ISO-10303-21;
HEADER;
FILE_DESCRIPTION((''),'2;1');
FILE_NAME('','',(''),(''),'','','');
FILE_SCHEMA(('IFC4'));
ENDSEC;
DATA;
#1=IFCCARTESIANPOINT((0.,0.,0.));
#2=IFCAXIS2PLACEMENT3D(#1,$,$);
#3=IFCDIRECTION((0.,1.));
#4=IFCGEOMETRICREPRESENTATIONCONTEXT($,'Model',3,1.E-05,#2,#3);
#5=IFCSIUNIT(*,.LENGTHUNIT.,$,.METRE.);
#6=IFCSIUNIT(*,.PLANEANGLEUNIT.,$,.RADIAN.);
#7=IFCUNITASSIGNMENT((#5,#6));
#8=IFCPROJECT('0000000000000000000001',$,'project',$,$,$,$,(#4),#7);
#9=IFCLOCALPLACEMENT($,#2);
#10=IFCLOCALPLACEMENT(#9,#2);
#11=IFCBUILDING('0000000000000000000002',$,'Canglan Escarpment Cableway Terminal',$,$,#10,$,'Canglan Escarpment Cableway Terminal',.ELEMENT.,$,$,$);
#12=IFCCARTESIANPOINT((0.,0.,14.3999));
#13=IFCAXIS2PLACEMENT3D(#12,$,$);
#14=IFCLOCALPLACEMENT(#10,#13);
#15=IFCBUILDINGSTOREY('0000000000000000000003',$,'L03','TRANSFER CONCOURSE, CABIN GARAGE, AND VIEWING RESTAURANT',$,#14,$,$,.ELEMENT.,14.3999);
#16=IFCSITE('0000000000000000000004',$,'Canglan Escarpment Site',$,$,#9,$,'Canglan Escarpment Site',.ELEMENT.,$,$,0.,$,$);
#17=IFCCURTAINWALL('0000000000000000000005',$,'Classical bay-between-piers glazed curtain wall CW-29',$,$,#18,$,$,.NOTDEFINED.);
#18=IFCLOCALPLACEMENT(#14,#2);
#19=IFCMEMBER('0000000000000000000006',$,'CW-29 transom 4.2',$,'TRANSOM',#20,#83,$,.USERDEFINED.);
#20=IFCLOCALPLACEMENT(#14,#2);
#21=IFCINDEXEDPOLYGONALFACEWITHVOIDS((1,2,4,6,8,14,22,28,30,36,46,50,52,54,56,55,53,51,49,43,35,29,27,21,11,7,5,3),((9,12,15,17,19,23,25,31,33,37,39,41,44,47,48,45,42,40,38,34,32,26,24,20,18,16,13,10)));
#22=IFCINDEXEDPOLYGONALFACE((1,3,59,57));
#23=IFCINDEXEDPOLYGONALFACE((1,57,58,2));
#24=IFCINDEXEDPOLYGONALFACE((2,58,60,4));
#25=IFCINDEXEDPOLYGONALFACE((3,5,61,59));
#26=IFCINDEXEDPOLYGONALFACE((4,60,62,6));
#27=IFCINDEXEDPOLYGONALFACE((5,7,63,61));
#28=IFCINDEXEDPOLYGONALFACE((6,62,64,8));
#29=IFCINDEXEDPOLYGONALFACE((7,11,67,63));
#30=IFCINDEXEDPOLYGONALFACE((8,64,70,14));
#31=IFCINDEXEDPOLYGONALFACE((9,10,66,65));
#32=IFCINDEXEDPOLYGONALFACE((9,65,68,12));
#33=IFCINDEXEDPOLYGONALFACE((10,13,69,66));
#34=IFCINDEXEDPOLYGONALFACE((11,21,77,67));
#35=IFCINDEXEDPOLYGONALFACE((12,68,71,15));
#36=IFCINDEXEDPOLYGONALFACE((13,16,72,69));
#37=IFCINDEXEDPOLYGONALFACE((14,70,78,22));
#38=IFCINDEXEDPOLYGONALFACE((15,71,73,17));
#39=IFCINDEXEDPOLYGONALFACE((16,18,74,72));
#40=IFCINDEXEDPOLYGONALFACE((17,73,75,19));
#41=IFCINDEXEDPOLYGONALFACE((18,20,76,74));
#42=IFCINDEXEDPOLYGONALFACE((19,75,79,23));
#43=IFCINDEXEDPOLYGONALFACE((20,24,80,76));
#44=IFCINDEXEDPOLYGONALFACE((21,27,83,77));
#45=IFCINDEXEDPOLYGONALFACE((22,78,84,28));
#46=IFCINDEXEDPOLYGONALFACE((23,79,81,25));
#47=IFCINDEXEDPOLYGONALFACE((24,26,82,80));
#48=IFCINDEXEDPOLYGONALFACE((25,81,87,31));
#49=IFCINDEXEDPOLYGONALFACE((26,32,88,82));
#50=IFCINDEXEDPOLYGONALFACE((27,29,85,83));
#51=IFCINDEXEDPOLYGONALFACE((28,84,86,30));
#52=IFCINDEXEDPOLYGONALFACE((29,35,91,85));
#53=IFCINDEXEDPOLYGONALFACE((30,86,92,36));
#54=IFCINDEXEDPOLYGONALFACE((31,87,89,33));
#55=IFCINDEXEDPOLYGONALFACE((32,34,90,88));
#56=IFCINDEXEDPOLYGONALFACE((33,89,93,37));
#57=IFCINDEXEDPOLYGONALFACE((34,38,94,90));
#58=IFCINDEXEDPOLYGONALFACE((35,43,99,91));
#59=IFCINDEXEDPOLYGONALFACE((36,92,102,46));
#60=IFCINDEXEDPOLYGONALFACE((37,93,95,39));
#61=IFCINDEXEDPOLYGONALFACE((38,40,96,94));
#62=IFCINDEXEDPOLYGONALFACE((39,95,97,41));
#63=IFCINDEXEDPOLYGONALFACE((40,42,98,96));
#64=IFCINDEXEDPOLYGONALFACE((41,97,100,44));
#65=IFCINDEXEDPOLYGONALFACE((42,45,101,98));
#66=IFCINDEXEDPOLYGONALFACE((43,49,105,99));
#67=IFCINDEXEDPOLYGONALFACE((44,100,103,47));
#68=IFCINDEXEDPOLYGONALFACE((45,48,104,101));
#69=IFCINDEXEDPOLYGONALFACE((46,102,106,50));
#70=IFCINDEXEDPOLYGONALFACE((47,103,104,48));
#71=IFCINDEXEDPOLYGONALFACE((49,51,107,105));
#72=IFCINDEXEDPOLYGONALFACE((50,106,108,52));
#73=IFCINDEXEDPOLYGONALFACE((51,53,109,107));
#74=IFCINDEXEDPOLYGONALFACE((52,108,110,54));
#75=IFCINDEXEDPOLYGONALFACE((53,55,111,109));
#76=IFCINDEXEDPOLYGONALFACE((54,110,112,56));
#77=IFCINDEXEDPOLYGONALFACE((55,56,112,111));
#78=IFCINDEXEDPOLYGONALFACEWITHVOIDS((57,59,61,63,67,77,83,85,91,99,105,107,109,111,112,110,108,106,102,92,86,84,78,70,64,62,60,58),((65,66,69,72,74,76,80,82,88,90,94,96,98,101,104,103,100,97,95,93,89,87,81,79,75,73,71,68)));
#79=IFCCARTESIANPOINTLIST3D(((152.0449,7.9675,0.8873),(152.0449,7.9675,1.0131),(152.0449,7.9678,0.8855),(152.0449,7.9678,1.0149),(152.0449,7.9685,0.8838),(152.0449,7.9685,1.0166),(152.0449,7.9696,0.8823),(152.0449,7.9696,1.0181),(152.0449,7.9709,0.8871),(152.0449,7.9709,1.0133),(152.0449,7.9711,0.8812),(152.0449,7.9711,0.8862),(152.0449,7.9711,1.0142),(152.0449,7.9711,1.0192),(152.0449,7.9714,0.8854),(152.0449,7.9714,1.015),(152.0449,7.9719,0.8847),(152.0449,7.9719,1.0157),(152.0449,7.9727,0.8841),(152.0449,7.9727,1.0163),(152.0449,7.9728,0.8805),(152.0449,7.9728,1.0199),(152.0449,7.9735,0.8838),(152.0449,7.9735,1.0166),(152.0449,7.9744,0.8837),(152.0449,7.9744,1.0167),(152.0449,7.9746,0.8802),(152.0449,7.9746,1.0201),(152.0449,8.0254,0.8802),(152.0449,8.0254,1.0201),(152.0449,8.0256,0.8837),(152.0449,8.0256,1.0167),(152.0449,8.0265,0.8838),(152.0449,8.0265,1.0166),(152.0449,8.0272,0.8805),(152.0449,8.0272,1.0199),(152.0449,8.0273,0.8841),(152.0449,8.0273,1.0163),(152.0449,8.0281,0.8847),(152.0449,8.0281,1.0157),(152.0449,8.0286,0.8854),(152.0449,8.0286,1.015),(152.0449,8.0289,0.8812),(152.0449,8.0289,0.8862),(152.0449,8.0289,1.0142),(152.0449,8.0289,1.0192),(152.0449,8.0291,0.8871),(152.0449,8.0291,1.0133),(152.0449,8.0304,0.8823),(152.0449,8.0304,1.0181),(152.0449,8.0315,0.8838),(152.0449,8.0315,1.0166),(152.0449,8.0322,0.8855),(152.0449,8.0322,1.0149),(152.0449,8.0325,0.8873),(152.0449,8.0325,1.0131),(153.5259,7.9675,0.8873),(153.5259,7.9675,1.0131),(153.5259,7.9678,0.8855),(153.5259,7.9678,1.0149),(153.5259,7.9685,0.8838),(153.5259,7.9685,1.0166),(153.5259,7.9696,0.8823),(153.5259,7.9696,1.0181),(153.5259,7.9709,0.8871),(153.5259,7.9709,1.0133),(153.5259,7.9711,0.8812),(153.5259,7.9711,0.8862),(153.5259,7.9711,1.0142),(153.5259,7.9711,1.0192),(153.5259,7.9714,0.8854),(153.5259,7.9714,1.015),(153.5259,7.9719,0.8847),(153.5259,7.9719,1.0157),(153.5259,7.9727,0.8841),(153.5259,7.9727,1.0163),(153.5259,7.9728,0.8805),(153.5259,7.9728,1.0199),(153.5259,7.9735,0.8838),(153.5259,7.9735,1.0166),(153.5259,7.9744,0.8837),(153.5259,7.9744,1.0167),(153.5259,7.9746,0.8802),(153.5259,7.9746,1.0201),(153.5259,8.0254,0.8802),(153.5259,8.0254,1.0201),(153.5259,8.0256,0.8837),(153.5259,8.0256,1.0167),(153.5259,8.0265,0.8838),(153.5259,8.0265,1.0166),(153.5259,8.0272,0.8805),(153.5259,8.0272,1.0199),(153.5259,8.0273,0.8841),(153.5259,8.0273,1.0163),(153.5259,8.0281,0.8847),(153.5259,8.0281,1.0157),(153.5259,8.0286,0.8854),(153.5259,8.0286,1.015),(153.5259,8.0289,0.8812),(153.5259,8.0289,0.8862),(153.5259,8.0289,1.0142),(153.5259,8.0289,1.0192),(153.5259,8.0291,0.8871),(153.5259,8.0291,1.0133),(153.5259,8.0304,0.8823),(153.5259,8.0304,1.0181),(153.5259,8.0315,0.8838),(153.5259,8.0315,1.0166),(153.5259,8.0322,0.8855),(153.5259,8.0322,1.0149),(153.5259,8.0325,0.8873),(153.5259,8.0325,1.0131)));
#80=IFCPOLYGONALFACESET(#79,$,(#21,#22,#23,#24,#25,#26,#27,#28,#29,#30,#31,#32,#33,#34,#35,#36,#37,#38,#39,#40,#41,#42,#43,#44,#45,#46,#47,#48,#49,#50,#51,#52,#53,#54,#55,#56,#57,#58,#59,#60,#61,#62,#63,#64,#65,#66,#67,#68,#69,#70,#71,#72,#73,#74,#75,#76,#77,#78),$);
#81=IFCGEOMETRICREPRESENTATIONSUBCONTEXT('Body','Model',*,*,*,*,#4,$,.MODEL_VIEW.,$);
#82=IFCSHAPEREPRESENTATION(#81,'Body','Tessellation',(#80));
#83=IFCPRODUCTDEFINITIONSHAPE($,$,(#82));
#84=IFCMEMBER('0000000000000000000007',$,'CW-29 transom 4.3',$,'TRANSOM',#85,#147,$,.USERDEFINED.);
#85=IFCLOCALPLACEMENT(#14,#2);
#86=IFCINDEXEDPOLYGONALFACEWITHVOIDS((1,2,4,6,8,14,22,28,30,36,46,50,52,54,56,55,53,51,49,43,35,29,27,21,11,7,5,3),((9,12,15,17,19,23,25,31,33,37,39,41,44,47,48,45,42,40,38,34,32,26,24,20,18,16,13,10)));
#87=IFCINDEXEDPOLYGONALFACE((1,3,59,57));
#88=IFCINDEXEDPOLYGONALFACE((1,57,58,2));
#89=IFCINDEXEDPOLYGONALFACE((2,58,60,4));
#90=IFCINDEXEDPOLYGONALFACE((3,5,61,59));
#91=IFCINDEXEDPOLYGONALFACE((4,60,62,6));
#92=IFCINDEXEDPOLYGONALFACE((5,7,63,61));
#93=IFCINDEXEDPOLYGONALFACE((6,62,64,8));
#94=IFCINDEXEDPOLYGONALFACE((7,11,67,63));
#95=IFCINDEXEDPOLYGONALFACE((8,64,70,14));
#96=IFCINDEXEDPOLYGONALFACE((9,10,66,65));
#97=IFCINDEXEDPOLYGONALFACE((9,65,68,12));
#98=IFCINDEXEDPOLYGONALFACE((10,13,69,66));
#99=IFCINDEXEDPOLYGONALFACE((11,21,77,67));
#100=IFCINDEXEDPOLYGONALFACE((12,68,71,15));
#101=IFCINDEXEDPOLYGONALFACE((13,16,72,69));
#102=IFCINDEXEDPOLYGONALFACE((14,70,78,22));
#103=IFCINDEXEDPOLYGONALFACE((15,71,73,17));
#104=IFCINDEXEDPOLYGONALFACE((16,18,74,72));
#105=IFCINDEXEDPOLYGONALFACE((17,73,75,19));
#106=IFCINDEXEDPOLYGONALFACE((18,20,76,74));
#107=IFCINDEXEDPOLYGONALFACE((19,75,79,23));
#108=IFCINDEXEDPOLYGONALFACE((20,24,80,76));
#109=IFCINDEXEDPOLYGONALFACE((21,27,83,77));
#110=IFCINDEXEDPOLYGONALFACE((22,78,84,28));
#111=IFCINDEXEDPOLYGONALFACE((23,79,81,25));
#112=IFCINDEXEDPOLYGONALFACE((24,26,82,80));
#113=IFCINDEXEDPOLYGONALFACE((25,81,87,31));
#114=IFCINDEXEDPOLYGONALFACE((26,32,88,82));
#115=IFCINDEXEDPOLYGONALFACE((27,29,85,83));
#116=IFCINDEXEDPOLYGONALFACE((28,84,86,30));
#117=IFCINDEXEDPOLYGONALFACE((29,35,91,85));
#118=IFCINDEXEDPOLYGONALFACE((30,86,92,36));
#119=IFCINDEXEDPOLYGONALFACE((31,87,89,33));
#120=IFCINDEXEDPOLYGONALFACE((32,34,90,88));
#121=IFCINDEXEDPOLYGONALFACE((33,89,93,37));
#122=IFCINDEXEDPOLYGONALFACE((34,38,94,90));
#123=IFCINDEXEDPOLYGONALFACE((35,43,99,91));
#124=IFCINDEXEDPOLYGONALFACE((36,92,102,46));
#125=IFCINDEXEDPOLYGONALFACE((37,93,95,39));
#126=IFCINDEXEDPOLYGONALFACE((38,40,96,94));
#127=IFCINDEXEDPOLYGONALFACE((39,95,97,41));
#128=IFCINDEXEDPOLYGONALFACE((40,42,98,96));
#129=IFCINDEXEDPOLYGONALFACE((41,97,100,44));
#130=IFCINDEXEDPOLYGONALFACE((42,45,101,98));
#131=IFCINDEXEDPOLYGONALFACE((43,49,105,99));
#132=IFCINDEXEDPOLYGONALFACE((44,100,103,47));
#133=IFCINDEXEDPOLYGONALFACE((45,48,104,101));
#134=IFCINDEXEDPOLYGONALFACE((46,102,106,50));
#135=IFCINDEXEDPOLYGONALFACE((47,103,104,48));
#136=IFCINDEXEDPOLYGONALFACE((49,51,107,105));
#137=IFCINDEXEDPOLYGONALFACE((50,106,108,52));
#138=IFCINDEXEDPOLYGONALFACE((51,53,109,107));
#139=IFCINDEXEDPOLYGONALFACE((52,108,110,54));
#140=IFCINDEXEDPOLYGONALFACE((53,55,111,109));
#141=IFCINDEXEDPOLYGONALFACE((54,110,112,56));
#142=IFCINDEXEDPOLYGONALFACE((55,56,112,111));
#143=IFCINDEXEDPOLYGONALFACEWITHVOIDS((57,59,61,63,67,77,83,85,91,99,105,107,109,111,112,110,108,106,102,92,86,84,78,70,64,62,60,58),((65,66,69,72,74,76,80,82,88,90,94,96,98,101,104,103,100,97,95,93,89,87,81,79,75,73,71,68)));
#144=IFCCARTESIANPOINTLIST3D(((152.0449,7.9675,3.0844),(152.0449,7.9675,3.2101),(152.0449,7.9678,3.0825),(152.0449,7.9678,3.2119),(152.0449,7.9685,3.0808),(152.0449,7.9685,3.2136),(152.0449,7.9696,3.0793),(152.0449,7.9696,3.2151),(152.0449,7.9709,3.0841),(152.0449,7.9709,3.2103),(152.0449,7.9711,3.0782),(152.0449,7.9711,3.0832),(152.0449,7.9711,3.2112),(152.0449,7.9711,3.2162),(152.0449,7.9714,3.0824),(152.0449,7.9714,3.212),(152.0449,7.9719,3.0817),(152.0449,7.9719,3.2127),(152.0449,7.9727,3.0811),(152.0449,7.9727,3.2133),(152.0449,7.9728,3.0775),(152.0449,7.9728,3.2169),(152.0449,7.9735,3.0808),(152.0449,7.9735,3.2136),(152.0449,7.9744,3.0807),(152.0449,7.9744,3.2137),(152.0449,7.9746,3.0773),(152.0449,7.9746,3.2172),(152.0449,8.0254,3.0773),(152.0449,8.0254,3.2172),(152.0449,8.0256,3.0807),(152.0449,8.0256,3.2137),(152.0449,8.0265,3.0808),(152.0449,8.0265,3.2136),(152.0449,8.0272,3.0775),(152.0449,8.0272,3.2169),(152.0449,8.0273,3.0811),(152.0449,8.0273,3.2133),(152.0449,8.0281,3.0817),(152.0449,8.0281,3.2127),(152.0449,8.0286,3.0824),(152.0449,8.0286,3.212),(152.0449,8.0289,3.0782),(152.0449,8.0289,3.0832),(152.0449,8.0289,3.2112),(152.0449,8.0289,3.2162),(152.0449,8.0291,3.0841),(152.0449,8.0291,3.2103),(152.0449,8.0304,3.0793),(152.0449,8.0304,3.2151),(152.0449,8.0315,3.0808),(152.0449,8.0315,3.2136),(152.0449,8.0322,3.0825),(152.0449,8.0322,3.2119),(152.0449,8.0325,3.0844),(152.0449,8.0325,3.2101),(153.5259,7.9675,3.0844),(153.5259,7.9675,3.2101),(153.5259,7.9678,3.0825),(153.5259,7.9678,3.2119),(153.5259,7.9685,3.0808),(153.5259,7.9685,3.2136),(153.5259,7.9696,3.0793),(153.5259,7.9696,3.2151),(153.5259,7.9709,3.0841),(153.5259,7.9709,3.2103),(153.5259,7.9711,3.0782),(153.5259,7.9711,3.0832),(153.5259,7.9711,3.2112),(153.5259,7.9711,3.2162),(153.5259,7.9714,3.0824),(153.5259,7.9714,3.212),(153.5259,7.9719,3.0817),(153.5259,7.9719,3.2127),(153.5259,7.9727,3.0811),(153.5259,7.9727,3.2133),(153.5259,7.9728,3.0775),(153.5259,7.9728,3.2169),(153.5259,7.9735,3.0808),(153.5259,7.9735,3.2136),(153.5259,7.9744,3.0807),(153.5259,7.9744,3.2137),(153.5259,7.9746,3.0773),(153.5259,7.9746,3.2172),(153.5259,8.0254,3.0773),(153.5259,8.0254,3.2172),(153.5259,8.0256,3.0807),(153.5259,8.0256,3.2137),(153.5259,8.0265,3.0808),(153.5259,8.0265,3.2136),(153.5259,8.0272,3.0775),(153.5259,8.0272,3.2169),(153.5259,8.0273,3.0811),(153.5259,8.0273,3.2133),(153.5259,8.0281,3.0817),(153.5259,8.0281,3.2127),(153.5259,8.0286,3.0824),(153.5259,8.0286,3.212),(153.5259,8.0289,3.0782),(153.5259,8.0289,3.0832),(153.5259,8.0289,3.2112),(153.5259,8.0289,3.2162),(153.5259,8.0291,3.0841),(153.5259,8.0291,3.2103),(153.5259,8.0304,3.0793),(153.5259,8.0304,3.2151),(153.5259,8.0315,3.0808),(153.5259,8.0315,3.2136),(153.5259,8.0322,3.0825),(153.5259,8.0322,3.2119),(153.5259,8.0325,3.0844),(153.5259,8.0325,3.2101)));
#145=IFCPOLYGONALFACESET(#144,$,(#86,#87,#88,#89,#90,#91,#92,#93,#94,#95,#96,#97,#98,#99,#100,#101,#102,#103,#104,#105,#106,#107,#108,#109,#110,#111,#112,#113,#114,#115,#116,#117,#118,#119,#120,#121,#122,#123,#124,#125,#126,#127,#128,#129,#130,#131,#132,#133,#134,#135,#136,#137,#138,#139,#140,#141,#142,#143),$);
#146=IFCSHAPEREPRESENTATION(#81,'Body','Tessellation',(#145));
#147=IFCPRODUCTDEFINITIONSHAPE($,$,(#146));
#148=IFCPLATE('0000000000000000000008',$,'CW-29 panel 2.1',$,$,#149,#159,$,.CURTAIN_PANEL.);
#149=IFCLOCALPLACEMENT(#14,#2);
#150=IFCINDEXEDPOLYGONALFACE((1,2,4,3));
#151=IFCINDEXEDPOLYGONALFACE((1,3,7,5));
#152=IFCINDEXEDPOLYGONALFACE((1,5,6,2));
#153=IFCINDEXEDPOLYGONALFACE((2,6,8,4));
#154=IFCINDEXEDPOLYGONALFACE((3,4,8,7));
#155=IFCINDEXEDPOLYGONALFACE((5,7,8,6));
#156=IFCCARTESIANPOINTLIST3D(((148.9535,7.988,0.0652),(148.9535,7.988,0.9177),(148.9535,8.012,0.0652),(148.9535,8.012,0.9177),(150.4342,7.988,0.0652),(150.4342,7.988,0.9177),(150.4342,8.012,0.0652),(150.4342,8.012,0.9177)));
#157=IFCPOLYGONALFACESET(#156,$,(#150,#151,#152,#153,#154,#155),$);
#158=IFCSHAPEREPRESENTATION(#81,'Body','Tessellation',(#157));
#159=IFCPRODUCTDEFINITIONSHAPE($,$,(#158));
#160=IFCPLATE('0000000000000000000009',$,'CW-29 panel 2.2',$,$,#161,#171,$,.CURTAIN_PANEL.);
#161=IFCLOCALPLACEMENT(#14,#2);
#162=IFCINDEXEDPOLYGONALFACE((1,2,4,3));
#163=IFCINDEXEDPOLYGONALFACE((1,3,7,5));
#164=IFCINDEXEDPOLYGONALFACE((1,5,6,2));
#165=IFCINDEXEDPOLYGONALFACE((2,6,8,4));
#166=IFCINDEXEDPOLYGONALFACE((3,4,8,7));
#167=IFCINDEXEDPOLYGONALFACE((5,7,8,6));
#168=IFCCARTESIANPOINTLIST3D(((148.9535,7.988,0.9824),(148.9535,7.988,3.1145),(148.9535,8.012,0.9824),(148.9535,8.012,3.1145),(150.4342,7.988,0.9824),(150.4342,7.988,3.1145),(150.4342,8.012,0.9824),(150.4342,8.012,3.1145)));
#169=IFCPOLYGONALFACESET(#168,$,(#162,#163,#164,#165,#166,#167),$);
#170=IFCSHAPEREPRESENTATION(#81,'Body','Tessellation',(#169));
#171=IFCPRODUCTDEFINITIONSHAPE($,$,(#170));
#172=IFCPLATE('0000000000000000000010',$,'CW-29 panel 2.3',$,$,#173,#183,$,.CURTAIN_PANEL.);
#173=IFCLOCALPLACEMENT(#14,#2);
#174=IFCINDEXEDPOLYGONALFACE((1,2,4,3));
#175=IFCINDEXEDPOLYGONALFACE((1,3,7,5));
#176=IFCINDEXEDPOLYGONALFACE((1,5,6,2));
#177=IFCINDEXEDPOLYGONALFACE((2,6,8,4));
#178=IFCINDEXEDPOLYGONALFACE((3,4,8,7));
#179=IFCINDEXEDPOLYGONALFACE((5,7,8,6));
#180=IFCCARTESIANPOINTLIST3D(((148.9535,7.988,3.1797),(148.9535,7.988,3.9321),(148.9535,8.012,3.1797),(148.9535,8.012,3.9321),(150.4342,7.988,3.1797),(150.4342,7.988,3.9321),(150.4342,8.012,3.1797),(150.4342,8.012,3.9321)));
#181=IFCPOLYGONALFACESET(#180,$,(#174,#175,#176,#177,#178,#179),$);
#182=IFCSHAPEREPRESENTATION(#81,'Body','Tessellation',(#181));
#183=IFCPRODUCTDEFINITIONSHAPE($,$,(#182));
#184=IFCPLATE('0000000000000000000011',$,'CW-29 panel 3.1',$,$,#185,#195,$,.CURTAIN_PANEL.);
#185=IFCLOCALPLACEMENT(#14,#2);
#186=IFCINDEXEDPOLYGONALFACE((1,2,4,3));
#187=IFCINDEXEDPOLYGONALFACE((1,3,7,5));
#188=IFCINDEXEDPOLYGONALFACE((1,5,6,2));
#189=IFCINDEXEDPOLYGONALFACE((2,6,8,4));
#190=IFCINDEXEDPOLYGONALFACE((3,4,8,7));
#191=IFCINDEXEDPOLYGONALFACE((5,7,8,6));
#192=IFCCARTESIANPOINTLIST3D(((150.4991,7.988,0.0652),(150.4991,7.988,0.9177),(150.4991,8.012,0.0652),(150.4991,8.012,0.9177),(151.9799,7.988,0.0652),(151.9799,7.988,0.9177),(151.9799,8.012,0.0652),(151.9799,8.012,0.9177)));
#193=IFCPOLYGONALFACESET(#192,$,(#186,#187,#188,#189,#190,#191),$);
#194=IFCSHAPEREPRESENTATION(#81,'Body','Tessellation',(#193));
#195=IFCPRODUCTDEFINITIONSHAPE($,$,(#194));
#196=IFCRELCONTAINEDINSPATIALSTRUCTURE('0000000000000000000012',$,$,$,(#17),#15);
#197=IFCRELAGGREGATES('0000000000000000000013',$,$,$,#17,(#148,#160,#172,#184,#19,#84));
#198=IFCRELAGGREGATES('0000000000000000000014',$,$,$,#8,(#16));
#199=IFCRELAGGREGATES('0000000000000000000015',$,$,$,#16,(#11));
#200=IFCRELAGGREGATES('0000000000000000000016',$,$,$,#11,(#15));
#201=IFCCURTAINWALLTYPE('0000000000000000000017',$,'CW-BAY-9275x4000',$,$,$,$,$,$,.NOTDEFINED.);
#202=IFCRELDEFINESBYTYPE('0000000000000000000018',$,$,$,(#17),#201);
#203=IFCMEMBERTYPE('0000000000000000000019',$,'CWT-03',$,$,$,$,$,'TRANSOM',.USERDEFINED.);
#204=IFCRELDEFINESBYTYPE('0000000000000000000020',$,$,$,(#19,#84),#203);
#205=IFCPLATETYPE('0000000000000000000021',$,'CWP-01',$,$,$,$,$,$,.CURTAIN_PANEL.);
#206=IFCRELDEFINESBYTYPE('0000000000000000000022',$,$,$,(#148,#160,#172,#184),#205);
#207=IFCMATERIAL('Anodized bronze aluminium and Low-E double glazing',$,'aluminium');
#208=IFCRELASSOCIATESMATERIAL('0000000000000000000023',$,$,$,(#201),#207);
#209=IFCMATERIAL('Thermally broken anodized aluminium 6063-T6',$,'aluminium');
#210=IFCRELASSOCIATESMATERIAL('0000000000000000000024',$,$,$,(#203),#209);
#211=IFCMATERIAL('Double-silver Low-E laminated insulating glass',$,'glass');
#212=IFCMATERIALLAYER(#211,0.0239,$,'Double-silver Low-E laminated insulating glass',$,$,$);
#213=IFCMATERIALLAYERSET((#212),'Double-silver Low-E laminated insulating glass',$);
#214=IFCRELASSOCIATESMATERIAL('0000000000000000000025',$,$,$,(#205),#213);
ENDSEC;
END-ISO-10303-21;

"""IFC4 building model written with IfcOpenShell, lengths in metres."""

from ifc_helpers import new_model, si_unit, direction, frame, origin, origin_2d, place, context, subcontext, project, spatial, rectangle, hollow_rectangle, extrude, material, layer, layer_set, material_profile, profile_set, type_object, element, aggregate, save


model = new_model("IFC4")

# Units and contexts
model_context = context("Model", 3, precision=1e-05, world=origin(), true_north=direction((0.0, 1.0)))
body_context = subcontext(model_context, "Body", "Model", "MODEL_VIEW")
ifc_project = project(units=[si_unit("LENGTHUNIT", "METRE"), si_unit("PLANEANGLEUNIT", "RADIAN")], contexts=[model_context])

# Site, building, storey
site_placement = place(None, origin())
site = spatial("IfcSite", under=ifc_project, at=site_placement, Name="Canglan Escarpment Site", LongName="Canglan Escarpment Site", CompositionType="ELEMENT", RefElevation=0.0)
building_placement = place(site_placement, origin())
building = spatial("IfcBuilding", under=site, at=building_placement, Name="Canglan Escarpment Cableway Terminal", LongName="Canglan Escarpment Cableway Terminal", CompositionType="ELEMENT")
storey_placement = place(building_placement, frame((0.0, 0.0, 14.3999)))
storey = spatial("IfcBuildingStorey", under=building, at=storey_placement, Name="L03", Description="TRANSFER CONCOURSE, CABIN GARAGE, AND VIEWING RESTAURANT", CompositionType="ELEMENT", Elevation=14.3999)

# Curtain wall, members, plates
ifc_material_1 = material(Name="Anodized bronze aluminium and Low-E double glazing", Category="aluminium")
curtain_wall_type = type_object("IfcCurtainWallType", Name="CW-BAY-9275x4000", PredefinedType="NOTDEFINED", material=ifc_material_1)
curtain_wall_placement = place(storey_placement, origin())
curtain_wall = element("IfcCurtainWall", 1, at=curtain_wall_placement, inside=storey, type_object=curtain_wall_type, Name="Classical bay-between-piers glazed curtain wall CW-29", PredefinedType="NOTDEFINED")
ifc_material_2 = material(Name="Thermally broken anodized aluminium 6063-T6", Category="aluminium")
ifc_material_profile_1 = material_profile(ifc_material_2, hollow_rectangle(XDim=0.0649, YDim=0.1399, WallThickness=0.0034, InnerFilletRadius=0.0034, OuterFilletRadius=0.0071, at=origin_2d()), Name="ALU-TRAN 65x140x3.5")
ifc_profile_set_1 = profile_set([ifc_material_profile_1], Name="Thermally broken anodized aluminium 6063-T6")
member_type_1 = type_object("IfcMemberType", Name="CWT-03", ElementType="TRANSOM", PredefinedType="USERDEFINED", material=ifc_profile_set_1)
member_1_placement = place(storey_placement, frame((152.0449, 8.0, 0.9502), z_axis=(1.0, 0.0, 0.0), x_axis=(0.0, 1.0, 0.0)))
member_1 = element("IfcMember", 2, at=member_1_placement, type_object=member_type_1, Name="CW-29 transom 4.2", ObjectType="TRANSOM", PredefinedType="USERDEFINED", context=body_context, shape_type="SweptSolid", body=[
    extrude(hollow_rectangle(XDim=0.0649, YDim=0.1399, WallThickness=0.0034, InnerFilletRadius=0.0034, OuterFilletRadius=0.0071, at=origin_2d()), origin(), (0.0, 0.0, 1.0), 1.481),
])
member_2_placement = place(storey_placement, frame((152.0449, 8.0, 3.1472), z_axis=(1.0, 0.0, 0.0), x_axis=(0.0, 1.0, 0.0)))
member_2 = element("IfcMember", 3, at=member_2_placement, type_object=member_type_1, Name="CW-29 transom 4.3", ObjectType="TRANSOM", PredefinedType="USERDEFINED", context=body_context, shape_type="SweptSolid", body=[
    extrude(hollow_rectangle(XDim=0.0649, YDim=0.1399, WallThickness=0.0034, InnerFilletRadius=0.0034, OuterFilletRadius=0.0071, at=origin_2d()), origin(), (0.0, 0.0, 1.0), 1.481),
])
ifc_material_3 = material(Name="Double-silver Low-E laminated insulating glass", Category="glass")
ifc_layer_1 = layer(ifc_material_3, 0.0239, Name="Double-silver Low-E laminated insulating glass")
ifc_layer_set_1 = layer_set([ifc_layer_1], Name="Double-silver Low-E laminated insulating glass")
plate_type = type_object("IfcPlateType", Name="CWP-01", PredefinedType="CURTAIN_PANEL", material=ifc_layer_set_1)
plate_1_placement = place(storey_placement, frame((149.6938, 8.0, 0.0652), z_axis=(0.0, 0.0, 1.0), x_axis=(1.0, 0.0, 0.0)))
plate_1 = element("IfcPlate", 4, at=plate_1_placement, type_object=plate_type, Name="CW-29 panel 2.1", PredefinedType="CURTAIN_PANEL", context=body_context, shape_type="SweptSolid", body=[
    extrude(rectangle(XDim=1.4807, YDim=0.0239, at=origin_2d()), origin(), (0.0, 0.0, 1.0), 0.8525),
])
plate_2_placement = place(storey_placement, frame((149.6938, 8.0, 0.9824), z_axis=(0.0, 0.0, 1.0), x_axis=(1.0, 0.0, 0.0)))
plate_2 = element("IfcPlate", 5, at=plate_2_placement, type_object=plate_type, Name="CW-29 panel 2.2", PredefinedType="CURTAIN_PANEL", context=body_context, shape_type="SweptSolid", body=[
    extrude(rectangle(XDim=1.4807, YDim=0.0239, at=origin_2d()), origin(), (0.0, 0.0, 1.0), 2.1321),
])
plate_3_placement = place(storey_placement, frame((149.6938, 8.0, 3.1797), z_axis=(0.0, 0.0, 1.0), x_axis=(1.0, 0.0, 0.0)))
plate_3 = element("IfcPlate", 6, at=plate_3_placement, type_object=plate_type, Name="CW-29 panel 2.3", PredefinedType="CURTAIN_PANEL", context=body_context, shape_type="SweptSolid", body=[
    extrude(rectangle(XDim=1.4807, YDim=0.0239, at=origin_2d()), origin(), (0.0, 0.0, 1.0), 0.7524),
])
plate_4_placement = place(storey_placement, frame((151.2395, 8.0, 0.0652), z_axis=(0.0, 0.0, 1.0), x_axis=(1.0, 0.0, 0.0)))
plate_4 = element("IfcPlate", 7, at=plate_4_placement, type_object=plate_type, Name="CW-29 panel 3.1", PredefinedType="CURTAIN_PANEL", context=body_context, shape_type="SweptSolid", body=[
    extrude(rectangle(XDim=1.4807, YDim=0.0239, at=origin_2d()), origin(), (0.0, 0.0, 1.0), 0.8525),
])
aggregate(curtain_wall, [plate_1, plate_2, plate_3, plate_4, member_1, member_2])

save(model, "model.ifc")
